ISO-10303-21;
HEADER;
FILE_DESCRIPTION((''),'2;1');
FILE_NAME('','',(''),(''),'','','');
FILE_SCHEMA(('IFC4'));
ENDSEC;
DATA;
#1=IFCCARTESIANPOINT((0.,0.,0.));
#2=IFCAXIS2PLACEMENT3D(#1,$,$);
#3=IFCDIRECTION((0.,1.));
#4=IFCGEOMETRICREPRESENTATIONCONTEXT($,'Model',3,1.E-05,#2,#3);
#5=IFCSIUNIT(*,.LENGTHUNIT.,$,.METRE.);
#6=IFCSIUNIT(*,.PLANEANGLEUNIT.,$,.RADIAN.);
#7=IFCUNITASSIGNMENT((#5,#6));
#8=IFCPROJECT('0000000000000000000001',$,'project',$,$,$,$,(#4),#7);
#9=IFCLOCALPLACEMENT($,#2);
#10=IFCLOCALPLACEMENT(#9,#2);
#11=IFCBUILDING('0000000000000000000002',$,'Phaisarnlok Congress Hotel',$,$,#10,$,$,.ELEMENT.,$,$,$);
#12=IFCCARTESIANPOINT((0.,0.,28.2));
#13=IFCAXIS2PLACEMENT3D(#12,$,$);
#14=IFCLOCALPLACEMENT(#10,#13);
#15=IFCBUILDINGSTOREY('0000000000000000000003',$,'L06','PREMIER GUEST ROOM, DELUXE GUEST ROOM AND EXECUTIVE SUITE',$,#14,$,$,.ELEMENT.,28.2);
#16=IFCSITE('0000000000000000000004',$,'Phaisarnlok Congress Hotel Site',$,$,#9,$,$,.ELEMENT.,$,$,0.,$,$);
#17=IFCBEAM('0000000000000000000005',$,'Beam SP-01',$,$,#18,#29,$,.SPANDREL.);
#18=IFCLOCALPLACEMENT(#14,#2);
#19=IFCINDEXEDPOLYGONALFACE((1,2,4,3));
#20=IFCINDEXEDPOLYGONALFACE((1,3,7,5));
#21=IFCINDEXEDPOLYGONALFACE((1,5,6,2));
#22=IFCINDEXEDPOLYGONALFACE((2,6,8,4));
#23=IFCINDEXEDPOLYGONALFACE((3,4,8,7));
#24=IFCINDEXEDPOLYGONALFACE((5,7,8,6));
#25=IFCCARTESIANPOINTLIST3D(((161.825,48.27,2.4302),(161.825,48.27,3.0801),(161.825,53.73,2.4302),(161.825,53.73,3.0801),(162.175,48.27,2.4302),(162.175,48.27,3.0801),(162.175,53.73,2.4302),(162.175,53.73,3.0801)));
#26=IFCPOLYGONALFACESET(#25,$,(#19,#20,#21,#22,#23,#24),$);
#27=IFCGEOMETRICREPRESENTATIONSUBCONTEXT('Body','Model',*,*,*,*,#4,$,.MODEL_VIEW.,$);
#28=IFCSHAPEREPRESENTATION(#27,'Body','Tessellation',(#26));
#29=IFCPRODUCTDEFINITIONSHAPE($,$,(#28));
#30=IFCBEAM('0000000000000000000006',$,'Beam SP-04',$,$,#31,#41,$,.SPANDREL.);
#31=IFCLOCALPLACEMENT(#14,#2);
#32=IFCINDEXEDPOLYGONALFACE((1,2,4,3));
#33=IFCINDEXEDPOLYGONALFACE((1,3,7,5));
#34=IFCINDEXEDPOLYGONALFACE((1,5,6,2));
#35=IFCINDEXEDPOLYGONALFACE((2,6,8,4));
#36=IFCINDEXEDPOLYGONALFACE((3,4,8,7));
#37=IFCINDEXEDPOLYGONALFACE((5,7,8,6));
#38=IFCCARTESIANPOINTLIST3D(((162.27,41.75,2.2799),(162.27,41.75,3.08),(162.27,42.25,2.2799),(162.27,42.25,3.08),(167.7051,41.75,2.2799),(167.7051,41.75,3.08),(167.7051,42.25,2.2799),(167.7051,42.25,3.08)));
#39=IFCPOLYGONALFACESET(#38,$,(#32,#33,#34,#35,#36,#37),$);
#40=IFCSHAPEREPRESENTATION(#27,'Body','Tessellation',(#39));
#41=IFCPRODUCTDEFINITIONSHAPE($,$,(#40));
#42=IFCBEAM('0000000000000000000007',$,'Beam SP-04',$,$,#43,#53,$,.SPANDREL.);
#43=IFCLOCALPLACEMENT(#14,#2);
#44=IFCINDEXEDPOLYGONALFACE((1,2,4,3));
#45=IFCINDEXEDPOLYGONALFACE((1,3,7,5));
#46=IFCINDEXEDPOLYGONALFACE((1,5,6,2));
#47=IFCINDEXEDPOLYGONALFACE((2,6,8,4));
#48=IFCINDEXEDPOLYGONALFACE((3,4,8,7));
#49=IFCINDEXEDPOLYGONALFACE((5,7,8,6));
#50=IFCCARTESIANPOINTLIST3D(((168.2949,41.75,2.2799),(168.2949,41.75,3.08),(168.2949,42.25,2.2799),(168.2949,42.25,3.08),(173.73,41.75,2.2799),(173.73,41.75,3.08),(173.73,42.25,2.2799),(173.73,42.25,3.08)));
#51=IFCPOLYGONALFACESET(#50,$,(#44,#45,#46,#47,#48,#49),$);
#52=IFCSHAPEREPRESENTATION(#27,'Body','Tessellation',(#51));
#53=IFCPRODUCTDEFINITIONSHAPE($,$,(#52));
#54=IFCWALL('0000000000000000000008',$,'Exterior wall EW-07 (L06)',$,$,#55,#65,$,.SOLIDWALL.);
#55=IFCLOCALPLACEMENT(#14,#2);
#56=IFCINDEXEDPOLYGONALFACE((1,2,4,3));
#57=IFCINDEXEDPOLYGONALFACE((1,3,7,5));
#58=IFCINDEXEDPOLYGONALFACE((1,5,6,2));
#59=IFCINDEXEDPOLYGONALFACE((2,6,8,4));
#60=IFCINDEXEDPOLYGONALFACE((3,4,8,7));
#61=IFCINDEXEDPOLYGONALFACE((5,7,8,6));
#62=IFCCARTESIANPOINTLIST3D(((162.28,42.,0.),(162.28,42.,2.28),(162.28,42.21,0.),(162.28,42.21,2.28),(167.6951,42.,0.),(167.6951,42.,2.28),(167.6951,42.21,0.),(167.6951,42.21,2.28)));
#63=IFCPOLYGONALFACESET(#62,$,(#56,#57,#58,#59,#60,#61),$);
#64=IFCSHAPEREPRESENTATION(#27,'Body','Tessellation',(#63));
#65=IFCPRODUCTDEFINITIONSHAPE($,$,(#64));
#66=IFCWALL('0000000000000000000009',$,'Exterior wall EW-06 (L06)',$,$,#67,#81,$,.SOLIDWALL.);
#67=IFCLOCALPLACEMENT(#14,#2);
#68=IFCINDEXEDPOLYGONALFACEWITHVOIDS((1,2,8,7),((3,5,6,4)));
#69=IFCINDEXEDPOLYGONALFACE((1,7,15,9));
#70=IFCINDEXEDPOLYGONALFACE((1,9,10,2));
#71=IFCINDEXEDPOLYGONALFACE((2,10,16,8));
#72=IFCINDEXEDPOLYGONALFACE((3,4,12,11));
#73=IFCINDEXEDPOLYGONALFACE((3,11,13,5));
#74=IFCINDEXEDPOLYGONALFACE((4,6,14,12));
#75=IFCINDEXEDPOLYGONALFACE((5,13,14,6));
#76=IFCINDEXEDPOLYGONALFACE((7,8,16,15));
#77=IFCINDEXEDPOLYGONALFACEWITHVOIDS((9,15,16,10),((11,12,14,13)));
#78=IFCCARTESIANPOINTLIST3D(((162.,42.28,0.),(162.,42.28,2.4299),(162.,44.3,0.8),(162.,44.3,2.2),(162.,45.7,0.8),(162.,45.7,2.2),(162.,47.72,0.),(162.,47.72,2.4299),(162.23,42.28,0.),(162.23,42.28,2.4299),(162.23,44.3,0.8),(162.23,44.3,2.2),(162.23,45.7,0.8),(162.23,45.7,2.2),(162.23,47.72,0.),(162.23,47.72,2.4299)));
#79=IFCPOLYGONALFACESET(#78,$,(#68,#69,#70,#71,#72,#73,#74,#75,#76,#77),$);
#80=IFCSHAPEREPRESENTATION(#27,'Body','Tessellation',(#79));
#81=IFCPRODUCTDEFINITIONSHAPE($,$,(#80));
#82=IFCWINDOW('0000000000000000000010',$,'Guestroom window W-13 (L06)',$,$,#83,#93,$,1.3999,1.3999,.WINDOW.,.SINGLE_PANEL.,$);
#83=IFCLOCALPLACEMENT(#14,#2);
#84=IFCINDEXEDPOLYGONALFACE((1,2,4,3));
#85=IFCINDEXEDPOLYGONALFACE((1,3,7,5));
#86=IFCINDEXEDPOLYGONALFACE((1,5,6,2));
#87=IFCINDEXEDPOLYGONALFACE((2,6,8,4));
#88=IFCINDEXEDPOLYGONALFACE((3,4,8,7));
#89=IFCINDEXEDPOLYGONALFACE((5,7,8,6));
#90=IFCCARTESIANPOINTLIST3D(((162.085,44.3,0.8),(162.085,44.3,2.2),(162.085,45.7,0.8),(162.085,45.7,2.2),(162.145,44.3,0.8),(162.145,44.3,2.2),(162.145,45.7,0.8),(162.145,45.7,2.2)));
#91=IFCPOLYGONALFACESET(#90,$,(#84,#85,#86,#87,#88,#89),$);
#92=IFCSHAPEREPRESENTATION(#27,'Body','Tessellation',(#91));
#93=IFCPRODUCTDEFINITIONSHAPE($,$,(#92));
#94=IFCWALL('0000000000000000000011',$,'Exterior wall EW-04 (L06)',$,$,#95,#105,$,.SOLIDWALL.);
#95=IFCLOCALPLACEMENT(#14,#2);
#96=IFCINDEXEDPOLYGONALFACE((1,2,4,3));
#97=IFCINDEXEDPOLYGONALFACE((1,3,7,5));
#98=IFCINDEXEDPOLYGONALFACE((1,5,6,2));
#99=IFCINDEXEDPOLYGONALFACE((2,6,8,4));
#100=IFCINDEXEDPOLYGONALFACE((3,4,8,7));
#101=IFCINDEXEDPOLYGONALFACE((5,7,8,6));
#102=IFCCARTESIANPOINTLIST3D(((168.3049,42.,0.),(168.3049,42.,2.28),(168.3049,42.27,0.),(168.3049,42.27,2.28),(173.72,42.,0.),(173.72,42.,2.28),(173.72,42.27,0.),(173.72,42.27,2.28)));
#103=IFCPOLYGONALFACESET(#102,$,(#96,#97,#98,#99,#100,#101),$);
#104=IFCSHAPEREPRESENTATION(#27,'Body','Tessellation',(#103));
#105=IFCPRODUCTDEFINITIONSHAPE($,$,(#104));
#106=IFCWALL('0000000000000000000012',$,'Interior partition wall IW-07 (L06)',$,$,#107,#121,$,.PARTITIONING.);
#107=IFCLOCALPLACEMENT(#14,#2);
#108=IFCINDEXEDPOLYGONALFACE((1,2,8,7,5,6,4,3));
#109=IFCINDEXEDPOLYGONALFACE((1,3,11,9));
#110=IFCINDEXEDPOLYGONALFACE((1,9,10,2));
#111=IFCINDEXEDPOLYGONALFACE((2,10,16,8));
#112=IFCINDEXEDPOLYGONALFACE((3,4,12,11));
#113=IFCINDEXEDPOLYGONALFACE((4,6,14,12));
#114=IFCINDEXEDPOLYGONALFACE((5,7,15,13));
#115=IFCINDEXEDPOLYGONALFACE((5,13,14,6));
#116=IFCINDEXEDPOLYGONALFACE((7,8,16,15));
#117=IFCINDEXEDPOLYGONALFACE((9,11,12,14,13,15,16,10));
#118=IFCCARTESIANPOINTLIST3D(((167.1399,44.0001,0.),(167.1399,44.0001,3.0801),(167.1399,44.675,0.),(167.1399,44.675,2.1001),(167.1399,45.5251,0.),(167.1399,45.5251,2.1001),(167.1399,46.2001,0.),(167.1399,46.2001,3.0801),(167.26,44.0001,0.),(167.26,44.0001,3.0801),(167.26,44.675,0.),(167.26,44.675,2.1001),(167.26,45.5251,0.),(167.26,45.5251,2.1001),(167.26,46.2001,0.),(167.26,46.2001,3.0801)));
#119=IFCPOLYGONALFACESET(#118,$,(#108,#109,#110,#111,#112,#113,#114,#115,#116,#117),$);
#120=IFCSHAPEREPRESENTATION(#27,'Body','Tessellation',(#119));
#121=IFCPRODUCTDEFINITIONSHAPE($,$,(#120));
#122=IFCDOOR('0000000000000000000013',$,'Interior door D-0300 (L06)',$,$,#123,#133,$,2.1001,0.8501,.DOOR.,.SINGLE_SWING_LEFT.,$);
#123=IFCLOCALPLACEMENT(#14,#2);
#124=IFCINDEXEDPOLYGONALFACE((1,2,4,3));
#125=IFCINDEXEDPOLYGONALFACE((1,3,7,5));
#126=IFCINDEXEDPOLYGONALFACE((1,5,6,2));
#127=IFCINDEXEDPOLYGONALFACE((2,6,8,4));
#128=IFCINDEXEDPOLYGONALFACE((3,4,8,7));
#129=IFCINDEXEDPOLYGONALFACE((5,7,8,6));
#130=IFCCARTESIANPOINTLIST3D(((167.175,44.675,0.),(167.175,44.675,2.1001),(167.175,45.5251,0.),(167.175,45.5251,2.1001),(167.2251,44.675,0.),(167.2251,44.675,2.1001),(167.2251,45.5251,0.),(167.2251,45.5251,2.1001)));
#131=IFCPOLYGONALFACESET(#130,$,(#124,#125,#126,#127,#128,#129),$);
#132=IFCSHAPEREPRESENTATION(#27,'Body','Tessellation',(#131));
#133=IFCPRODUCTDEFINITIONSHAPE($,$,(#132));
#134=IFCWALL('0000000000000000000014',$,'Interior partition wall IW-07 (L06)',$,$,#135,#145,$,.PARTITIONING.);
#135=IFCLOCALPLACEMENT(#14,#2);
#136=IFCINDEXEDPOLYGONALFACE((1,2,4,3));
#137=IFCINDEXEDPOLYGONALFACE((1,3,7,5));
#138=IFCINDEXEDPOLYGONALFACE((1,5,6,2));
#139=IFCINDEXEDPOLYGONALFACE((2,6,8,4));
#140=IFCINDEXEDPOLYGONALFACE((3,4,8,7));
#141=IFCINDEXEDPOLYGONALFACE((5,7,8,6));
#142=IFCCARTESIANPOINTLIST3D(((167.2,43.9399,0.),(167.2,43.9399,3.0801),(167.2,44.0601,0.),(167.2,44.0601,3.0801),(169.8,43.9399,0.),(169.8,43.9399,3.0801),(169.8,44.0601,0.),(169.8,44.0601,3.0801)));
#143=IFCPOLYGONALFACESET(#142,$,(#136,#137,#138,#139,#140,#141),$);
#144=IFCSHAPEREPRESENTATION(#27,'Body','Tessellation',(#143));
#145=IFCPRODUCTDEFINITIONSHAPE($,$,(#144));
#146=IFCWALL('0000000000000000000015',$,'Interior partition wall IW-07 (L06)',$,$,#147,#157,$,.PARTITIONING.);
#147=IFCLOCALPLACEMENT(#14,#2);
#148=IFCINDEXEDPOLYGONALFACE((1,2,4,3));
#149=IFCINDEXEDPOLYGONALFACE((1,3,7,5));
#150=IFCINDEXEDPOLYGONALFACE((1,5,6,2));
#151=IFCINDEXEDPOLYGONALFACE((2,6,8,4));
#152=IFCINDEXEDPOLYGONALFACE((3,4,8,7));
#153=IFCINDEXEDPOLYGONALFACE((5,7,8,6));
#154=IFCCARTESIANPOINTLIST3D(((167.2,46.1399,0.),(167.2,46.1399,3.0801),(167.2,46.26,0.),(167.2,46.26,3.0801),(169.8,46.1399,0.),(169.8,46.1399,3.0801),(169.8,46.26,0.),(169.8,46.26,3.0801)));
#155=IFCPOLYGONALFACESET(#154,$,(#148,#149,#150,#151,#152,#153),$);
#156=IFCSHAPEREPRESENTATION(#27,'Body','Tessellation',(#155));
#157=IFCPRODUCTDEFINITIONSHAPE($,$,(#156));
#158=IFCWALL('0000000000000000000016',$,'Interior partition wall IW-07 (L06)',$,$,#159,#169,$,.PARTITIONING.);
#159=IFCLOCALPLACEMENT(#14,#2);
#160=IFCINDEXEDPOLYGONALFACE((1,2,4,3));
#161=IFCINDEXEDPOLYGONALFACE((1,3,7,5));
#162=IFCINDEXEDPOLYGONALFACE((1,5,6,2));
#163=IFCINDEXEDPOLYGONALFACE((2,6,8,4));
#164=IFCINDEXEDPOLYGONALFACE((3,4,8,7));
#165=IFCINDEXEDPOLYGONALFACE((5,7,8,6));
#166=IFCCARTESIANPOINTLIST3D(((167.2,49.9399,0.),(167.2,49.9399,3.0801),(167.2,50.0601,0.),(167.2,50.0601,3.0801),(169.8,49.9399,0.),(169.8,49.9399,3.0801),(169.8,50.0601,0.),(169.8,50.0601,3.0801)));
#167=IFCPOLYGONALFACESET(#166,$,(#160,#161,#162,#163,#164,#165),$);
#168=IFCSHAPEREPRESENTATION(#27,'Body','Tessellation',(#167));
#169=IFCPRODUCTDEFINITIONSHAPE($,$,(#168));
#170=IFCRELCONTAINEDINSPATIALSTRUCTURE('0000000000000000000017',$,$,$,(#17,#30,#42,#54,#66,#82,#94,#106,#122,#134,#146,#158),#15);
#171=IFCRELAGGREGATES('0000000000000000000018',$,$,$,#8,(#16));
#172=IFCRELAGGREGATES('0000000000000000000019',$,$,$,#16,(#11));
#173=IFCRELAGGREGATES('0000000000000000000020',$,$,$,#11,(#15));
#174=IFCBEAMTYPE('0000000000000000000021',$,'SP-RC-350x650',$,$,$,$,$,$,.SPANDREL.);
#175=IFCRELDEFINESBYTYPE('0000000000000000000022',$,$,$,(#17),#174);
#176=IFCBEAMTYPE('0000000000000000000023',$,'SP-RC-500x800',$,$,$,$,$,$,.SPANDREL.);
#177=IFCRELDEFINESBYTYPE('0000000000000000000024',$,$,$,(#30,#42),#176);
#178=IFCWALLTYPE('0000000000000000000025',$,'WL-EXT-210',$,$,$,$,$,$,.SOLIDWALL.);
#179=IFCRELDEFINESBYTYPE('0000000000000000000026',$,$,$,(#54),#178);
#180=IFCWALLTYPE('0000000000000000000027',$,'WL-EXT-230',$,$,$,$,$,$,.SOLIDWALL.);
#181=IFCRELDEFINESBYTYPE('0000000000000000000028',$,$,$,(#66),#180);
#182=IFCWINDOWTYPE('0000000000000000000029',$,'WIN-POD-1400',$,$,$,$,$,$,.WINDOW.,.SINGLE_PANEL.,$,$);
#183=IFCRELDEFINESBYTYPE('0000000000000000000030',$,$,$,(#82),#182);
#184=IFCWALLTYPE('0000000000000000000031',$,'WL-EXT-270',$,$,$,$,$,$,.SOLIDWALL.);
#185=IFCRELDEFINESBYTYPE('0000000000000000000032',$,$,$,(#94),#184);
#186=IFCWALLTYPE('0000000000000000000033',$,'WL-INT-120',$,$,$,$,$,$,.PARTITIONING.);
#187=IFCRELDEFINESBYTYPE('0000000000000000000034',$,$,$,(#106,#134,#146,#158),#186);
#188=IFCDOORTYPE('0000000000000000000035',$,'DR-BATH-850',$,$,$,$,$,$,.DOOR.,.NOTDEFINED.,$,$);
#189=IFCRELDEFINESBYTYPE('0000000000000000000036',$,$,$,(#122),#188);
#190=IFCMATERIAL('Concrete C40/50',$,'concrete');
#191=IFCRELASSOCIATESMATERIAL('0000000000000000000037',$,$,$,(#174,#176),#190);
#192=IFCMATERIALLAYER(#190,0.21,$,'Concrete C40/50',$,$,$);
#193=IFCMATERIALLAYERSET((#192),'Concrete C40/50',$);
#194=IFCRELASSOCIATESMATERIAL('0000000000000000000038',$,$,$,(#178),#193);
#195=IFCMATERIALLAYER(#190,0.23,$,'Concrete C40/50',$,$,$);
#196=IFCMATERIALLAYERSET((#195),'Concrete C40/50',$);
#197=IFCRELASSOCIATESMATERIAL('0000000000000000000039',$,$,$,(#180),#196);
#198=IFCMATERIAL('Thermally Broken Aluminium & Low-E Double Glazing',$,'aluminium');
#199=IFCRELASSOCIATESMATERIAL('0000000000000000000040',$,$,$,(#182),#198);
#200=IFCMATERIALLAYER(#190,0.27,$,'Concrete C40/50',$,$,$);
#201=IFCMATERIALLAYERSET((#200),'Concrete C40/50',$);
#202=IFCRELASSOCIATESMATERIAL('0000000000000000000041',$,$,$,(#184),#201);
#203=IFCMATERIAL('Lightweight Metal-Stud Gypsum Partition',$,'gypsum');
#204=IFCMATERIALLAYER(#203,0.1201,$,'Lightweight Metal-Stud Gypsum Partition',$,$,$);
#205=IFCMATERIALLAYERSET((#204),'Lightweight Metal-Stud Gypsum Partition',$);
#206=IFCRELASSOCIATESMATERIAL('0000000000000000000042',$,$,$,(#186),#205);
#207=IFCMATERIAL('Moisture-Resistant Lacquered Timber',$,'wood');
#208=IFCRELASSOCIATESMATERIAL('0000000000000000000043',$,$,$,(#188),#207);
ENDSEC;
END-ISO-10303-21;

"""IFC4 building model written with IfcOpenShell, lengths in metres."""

from ifc_helpers import new_model, si_unit, direction, frame, frame_2d, origin, origin_2d, place, context, subcontext, project, spatial, rectangle, extrude, material, layer, layer_set, material_profile, profile_set, type_object, element, fill, save


model = new_model("IFC4")

# Units and contexts
model_context = context("Model", 3, precision=1e-05, world=origin(), true_north=direction((0.0, 1.0)))
body_context = subcontext(model_context, "Body", "Model", "MODEL_VIEW")
ifc_project = project(units=[si_unit("LENGTHUNIT", "METRE"), si_unit("PLANEANGLEUNIT", "RADIAN")], contexts=[model_context])

# Site, building, storey
site_placement = place(None, origin())
site = spatial("IfcSite", under=ifc_project, at=site_placement, Name="Phaisarnlok Congress Hotel Site", CompositionType="ELEMENT", RefElevation=0.0)
building_placement = place(site_placement, origin())
building = spatial("IfcBuilding", under=site, at=building_placement, Name="Phaisarnlok Congress Hotel", CompositionType="ELEMENT")
storey_placement = place(building_placement, frame((0.0, 0.0, 28.2)))
storey = spatial("IfcBuildingStorey", under=building, at=storey_placement, Name="L06", Description="PREMIER GUEST ROOM, DELUXE GUEST ROOM AND EXECUTIVE SUITE", CompositionType="ELEMENT", Elevation=28.2)

# Beams
ifc_material_1 = material(Name="Concrete C40/50", Category="concrete")
ifc_material_profile_1 = material_profile(ifc_material_1, rectangle(XDim=0.3501, YDim=0.6499, at=origin_2d()), Name="RC 350x650")
ifc_profile_set_1 = profile_set([ifc_material_profile_1], Name="Concrete C40/50")
beam_type_1 = type_object("IfcBeamType", Name="SP-RC-350x650", PredefinedType="SPANDREL", material=ifc_profile_set_1)
for number, where, z_axis, x_axis, name in (
    (1, (162.0, 48.27, 2.7551), (0.0, 1.0, 0.0), (-1.0, 0.0, 0.0), "Beam SP-01"),
):
    element("IfcBeam", number, at=place(storey_placement, frame(where, z_axis=z_axis, x_axis=x_axis)), inside=storey, type_object=beam_type_1, Name=name, PredefinedType="SPANDREL", context=body_context, shape_type="SweptSolid", body=[
        extrude(rectangle(XDim=0.3501, YDim=0.6499, at=origin_2d()), origin(), (0.0, 0.0, 1.0), 5.46),
    ])
ifc_material_profile_2 = material_profile(ifc_material_1, rectangle(XDim=0.5, YDim=0.8, at=origin_2d()), Name="RC 500x800")
ifc_profile_set_2 = profile_set([ifc_material_profile_2], Name="Concrete C40/50")
beam_type_2 = type_object("IfcBeamType", Name="SP-RC-500x800", PredefinedType="SPANDREL", material=ifc_profile_set_2)
for number, where, z_axis, x_axis, name in (
    (2, (162.27, 42.0, 2.6799), (1.0, 0.0, 0.0), (0.0, 1.0, 0.0), "Beam SP-04"),
    (3, (168.2949, 42.0, 2.6799), (1.0, 0.0, 0.0), (0.0, 1.0, 0.0), "Beam SP-04"),
):
    element("IfcBeam", number, at=place(storey_placement, frame(where, z_axis=z_axis, x_axis=x_axis)), inside=storey, type_object=beam_type_2, Name=name, PredefinedType="SPANDREL", context=body_context, shape_type="SweptSolid", body=[
        extrude(rectangle(XDim=0.5, YDim=0.8, at=origin_2d()), origin(), (0.0, 0.0, 1.0), 5.4351),
    ])

# Wall
ifc_layer_1 = layer(ifc_material_1, 0.21, Name="Concrete C40/50")
ifc_layer_set_1 = layer_set([ifc_layer_1], Name="Concrete C40/50")
wall_type_1 = type_object("IfcWallType", Name="WL-EXT-210", PredefinedType="SOLIDWALL", material=ifc_layer_set_1)
wall_1_placement = place(storey_placement, frame((162.28, 42.105, 0.0), z_axis=(0.0, 0.0, 1.0), x_axis=(1.0, 0.0, 0.0)))
element("IfcWall", 4, at=wall_1_placement, inside=storey, type_object=wall_type_1, Name="Exterior wall EW-07 (L06)", PredefinedType="SOLIDWALL", context=body_context, shape_type="SweptSolid", body=[
    extrude(rectangle(XDim=5.415, YDim=0.21, at=frame_2d((2.7075, 0.0))), origin(), (0.0, 0.0, 1.0), 2.28),
])

# Wall, opening, window
ifc_layer_2 = layer(ifc_material_1, 0.23, Name="Concrete C40/50")
ifc_layer_set_2 = layer_set([ifc_layer_2], Name="Concrete C40/50")
wall_type_2 = type_object("IfcWallType", Name="WL-EXT-230", PredefinedType="SOLIDWALL", material=ifc_layer_set_2)
wall_2_placement = place(storey_placement, frame((162.115, 47.72, 0.0), z_axis=(0.0, 0.0, 1.0), x_axis=(0.0, -1.0, 0.0)))
wall_2 = element("IfcWall", 5, at=wall_2_placement, inside=storey, type_object=wall_type_2, Name="Exterior wall EW-06 (L06)", PredefinedType="SOLIDWALL", context=body_context, shape_type="SweptSolid", body=[
    extrude(rectangle(XDim=5.4399, YDim=0.23, at=frame_2d((2.72, 0.0))), origin(), (0.0, 0.0, 1.0), 2.4299),
])
opening_1_placement = place(wall_2_placement, frame((2.02, 0.0, 0.8)))
opening_1 = element("IfcOpeningElement", 6, at=opening_1_placement, cuts=wall_2, PredefinedType="OPENING", context=body_context, shape_type="SweptSolid", body=[
    extrude(rectangle(XDim=1.3999, YDim=1.3999, at=frame_2d((0.7, 0.7))), frame((0.0, 0.125, 0.0), z_axis=(0.0, -1.0, 0.0), x_axis=(1.0, 0.0, 0.0)), (0.0, 0.0, 1.0), 0.25),
])
ifc_material_2 = material(Name="Thermally Broken Aluminium & Low-E Double Glazing", Category="aluminium")
window_type = type_object("IfcWindowType", Name="WIN-POD-1400", PartitioningType="SINGLE_PANEL", PredefinedType="WINDOW", material=ifc_material_2)
window_placement = place(opening_1_placement, origin())
window = element("IfcWindow", 7, at=window_placement, inside=storey, type_object=window_type, Name="Guestroom window W-13 (L06)", OverallHeight=1.3999, OverallWidth=1.3999, PartitioningType="SINGLE_PANEL", PredefinedType="WINDOW", context=body_context, shape_type="SweptSolid", body=[
    extrude(rectangle(XDim=1.3999, YDim=1.3999, at=frame_2d((0.7, 0.7))), frame((0.0, 0.03, 0.0), z_axis=(0.0, -1.0, 0.0), x_axis=(1.0, 0.0, 0.0)), (0.0, 0.0, 1.0), 0.0601),
])
fill(opening_1, window)

# Wall
ifc_layer_3 = layer(ifc_material_1, 0.27, Name="Concrete C40/50")
ifc_layer_set_3 = layer_set([ifc_layer_3], Name="Concrete C40/50")
wall_type_3 = type_object("IfcWallType", Name="WL-EXT-270", PredefinedType="SOLIDWALL", material=ifc_layer_set_3)
wall_3_placement = place(storey_placement, frame((168.3049, 42.135, 0.0), z_axis=(0.0, 0.0, 1.0), x_axis=(1.0, 0.0, 0.0)))
element("IfcWall", 8, at=wall_3_placement, inside=storey, type_object=wall_type_3, Name="Exterior wall EW-04 (L06)", PredefinedType="SOLIDWALL", context=body_context, shape_type="SweptSolid", body=[
    extrude(rectangle(XDim=5.415, YDim=0.27, at=frame_2d((2.7075, 0.0))), origin(), (0.0, 0.0, 1.0), 2.28),
])

# Wall, opening, door
ifc_material_3 = material(Name="Lightweight Metal-Stud Gypsum Partition", Category="gypsum")
ifc_layer_4 = layer(ifc_material_3, 0.1201, Name="Lightweight Metal-Stud Gypsum Partition")
ifc_layer_set_4 = layer_set([ifc_layer_4], Name="Lightweight Metal-Stud Gypsum Partition")
wall_type_4 = type_object("IfcWallType", Name="WL-INT-120", PredefinedType="PARTITIONING", material=ifc_layer_set_4)
wall_4_placement = place(storey_placement, frame((167.2, 44.0, 0.0), z_axis=(0.0, 0.0, 1.0), x_axis=(0.0, 1.0, 0.0)))
wall_4 = element("IfcWall", 9, at=wall_4_placement, inside=storey, type_object=wall_type_4, Name="Interior partition wall IW-07 (L06)", PredefinedType="PARTITIONING", context=body_context, shape_type="SweptSolid", body=[
    extrude(rectangle(XDim=2.2, YDim=0.1201, at=frame_2d((1.1001, 0.0))), origin(), (0.0, 0.0, 1.0), 3.0801),
])
opening_2_placement = place(wall_4_placement, frame((0.675, 0.0, 0.0)))
opening_2 = element("IfcOpeningElement", 10, at=opening_2_placement, cuts=wall_4, PredefinedType="OPENING", context=body_context, shape_type="SweptSolid", body=[
    extrude(rectangle(XDim=0.8501, YDim=2.1001, at=frame_2d((0.425, 1.05))), frame((0.0, 0.0701, 0.0), z_axis=(0.0, -1.0, 0.0), x_axis=(1.0, 0.0, 0.0)), (0.0, 0.0, 1.0), 0.1401),
])
ifc_material_4 = material(Name="Moisture-Resistant Lacquered Timber", Category="wood")
door_type = type_object("IfcDoorType", Name="DR-BATH-850", OperationType="NOTDEFINED", PredefinedType="DOOR", material=ifc_material_4)
door_1_placement = place(opening_2_placement, origin())
door_1 = element("IfcDoor", 11, at=door_1_placement, inside=storey, type_object=door_type, Name="Interior door D-0300 (L06)", OperationType="SINGLE_SWING_LEFT", OverallHeight=2.1001, OverallWidth=0.8501, PredefinedType="DOOR", context=body_context, shape_type="SweptSolid", body=[
    extrude(rectangle(XDim=0.8501, YDim=2.1001, at=frame_2d((0.425, 1.05))), frame((0.0, 0.0249, 0.0), z_axis=(0.0, -1.0, 0.0), x_axis=(1.0, 0.0, 0.0)), (0.0, 0.0, 1.0), 0.05),
])
fill(opening_2, door_1)

# Walls
for number, where, z_axis, x_axis, name in (
    (12, (167.2, 44.0, 0.0), (0.0, 0.0, 1.0), (1.0, 0.0, 0.0), "Interior partition wall IW-07 (L06)"),
    (13, (167.2, 46.2, 0.0), (0.0, 0.0, 1.0), (1.0, 0.0, 0.0), "Interior partition wall IW-07 (L06)"),
    (14, (167.2, 50.0, 0.0), (0.0, 0.0, 1.0), (1.0, 0.0, 0.0), "Interior partition wall IW-07 (L06)"),
):
    element("IfcWall", number, at=place(storey_placement, frame(where, z_axis=z_axis, x_axis=x_axis)), inside=storey, type_object=wall_type_4, Name=name, PredefinedType="PARTITIONING", context=body_context, shape_type="SweptSolid", body=[
        extrude(rectangle(XDim=2.6001, YDim=0.1201, at=frame_2d((1.3, 0.0))), origin(), (0.0, 0.0, 1.0), 3.0801),
    ])

save(model, "model.ifc")
